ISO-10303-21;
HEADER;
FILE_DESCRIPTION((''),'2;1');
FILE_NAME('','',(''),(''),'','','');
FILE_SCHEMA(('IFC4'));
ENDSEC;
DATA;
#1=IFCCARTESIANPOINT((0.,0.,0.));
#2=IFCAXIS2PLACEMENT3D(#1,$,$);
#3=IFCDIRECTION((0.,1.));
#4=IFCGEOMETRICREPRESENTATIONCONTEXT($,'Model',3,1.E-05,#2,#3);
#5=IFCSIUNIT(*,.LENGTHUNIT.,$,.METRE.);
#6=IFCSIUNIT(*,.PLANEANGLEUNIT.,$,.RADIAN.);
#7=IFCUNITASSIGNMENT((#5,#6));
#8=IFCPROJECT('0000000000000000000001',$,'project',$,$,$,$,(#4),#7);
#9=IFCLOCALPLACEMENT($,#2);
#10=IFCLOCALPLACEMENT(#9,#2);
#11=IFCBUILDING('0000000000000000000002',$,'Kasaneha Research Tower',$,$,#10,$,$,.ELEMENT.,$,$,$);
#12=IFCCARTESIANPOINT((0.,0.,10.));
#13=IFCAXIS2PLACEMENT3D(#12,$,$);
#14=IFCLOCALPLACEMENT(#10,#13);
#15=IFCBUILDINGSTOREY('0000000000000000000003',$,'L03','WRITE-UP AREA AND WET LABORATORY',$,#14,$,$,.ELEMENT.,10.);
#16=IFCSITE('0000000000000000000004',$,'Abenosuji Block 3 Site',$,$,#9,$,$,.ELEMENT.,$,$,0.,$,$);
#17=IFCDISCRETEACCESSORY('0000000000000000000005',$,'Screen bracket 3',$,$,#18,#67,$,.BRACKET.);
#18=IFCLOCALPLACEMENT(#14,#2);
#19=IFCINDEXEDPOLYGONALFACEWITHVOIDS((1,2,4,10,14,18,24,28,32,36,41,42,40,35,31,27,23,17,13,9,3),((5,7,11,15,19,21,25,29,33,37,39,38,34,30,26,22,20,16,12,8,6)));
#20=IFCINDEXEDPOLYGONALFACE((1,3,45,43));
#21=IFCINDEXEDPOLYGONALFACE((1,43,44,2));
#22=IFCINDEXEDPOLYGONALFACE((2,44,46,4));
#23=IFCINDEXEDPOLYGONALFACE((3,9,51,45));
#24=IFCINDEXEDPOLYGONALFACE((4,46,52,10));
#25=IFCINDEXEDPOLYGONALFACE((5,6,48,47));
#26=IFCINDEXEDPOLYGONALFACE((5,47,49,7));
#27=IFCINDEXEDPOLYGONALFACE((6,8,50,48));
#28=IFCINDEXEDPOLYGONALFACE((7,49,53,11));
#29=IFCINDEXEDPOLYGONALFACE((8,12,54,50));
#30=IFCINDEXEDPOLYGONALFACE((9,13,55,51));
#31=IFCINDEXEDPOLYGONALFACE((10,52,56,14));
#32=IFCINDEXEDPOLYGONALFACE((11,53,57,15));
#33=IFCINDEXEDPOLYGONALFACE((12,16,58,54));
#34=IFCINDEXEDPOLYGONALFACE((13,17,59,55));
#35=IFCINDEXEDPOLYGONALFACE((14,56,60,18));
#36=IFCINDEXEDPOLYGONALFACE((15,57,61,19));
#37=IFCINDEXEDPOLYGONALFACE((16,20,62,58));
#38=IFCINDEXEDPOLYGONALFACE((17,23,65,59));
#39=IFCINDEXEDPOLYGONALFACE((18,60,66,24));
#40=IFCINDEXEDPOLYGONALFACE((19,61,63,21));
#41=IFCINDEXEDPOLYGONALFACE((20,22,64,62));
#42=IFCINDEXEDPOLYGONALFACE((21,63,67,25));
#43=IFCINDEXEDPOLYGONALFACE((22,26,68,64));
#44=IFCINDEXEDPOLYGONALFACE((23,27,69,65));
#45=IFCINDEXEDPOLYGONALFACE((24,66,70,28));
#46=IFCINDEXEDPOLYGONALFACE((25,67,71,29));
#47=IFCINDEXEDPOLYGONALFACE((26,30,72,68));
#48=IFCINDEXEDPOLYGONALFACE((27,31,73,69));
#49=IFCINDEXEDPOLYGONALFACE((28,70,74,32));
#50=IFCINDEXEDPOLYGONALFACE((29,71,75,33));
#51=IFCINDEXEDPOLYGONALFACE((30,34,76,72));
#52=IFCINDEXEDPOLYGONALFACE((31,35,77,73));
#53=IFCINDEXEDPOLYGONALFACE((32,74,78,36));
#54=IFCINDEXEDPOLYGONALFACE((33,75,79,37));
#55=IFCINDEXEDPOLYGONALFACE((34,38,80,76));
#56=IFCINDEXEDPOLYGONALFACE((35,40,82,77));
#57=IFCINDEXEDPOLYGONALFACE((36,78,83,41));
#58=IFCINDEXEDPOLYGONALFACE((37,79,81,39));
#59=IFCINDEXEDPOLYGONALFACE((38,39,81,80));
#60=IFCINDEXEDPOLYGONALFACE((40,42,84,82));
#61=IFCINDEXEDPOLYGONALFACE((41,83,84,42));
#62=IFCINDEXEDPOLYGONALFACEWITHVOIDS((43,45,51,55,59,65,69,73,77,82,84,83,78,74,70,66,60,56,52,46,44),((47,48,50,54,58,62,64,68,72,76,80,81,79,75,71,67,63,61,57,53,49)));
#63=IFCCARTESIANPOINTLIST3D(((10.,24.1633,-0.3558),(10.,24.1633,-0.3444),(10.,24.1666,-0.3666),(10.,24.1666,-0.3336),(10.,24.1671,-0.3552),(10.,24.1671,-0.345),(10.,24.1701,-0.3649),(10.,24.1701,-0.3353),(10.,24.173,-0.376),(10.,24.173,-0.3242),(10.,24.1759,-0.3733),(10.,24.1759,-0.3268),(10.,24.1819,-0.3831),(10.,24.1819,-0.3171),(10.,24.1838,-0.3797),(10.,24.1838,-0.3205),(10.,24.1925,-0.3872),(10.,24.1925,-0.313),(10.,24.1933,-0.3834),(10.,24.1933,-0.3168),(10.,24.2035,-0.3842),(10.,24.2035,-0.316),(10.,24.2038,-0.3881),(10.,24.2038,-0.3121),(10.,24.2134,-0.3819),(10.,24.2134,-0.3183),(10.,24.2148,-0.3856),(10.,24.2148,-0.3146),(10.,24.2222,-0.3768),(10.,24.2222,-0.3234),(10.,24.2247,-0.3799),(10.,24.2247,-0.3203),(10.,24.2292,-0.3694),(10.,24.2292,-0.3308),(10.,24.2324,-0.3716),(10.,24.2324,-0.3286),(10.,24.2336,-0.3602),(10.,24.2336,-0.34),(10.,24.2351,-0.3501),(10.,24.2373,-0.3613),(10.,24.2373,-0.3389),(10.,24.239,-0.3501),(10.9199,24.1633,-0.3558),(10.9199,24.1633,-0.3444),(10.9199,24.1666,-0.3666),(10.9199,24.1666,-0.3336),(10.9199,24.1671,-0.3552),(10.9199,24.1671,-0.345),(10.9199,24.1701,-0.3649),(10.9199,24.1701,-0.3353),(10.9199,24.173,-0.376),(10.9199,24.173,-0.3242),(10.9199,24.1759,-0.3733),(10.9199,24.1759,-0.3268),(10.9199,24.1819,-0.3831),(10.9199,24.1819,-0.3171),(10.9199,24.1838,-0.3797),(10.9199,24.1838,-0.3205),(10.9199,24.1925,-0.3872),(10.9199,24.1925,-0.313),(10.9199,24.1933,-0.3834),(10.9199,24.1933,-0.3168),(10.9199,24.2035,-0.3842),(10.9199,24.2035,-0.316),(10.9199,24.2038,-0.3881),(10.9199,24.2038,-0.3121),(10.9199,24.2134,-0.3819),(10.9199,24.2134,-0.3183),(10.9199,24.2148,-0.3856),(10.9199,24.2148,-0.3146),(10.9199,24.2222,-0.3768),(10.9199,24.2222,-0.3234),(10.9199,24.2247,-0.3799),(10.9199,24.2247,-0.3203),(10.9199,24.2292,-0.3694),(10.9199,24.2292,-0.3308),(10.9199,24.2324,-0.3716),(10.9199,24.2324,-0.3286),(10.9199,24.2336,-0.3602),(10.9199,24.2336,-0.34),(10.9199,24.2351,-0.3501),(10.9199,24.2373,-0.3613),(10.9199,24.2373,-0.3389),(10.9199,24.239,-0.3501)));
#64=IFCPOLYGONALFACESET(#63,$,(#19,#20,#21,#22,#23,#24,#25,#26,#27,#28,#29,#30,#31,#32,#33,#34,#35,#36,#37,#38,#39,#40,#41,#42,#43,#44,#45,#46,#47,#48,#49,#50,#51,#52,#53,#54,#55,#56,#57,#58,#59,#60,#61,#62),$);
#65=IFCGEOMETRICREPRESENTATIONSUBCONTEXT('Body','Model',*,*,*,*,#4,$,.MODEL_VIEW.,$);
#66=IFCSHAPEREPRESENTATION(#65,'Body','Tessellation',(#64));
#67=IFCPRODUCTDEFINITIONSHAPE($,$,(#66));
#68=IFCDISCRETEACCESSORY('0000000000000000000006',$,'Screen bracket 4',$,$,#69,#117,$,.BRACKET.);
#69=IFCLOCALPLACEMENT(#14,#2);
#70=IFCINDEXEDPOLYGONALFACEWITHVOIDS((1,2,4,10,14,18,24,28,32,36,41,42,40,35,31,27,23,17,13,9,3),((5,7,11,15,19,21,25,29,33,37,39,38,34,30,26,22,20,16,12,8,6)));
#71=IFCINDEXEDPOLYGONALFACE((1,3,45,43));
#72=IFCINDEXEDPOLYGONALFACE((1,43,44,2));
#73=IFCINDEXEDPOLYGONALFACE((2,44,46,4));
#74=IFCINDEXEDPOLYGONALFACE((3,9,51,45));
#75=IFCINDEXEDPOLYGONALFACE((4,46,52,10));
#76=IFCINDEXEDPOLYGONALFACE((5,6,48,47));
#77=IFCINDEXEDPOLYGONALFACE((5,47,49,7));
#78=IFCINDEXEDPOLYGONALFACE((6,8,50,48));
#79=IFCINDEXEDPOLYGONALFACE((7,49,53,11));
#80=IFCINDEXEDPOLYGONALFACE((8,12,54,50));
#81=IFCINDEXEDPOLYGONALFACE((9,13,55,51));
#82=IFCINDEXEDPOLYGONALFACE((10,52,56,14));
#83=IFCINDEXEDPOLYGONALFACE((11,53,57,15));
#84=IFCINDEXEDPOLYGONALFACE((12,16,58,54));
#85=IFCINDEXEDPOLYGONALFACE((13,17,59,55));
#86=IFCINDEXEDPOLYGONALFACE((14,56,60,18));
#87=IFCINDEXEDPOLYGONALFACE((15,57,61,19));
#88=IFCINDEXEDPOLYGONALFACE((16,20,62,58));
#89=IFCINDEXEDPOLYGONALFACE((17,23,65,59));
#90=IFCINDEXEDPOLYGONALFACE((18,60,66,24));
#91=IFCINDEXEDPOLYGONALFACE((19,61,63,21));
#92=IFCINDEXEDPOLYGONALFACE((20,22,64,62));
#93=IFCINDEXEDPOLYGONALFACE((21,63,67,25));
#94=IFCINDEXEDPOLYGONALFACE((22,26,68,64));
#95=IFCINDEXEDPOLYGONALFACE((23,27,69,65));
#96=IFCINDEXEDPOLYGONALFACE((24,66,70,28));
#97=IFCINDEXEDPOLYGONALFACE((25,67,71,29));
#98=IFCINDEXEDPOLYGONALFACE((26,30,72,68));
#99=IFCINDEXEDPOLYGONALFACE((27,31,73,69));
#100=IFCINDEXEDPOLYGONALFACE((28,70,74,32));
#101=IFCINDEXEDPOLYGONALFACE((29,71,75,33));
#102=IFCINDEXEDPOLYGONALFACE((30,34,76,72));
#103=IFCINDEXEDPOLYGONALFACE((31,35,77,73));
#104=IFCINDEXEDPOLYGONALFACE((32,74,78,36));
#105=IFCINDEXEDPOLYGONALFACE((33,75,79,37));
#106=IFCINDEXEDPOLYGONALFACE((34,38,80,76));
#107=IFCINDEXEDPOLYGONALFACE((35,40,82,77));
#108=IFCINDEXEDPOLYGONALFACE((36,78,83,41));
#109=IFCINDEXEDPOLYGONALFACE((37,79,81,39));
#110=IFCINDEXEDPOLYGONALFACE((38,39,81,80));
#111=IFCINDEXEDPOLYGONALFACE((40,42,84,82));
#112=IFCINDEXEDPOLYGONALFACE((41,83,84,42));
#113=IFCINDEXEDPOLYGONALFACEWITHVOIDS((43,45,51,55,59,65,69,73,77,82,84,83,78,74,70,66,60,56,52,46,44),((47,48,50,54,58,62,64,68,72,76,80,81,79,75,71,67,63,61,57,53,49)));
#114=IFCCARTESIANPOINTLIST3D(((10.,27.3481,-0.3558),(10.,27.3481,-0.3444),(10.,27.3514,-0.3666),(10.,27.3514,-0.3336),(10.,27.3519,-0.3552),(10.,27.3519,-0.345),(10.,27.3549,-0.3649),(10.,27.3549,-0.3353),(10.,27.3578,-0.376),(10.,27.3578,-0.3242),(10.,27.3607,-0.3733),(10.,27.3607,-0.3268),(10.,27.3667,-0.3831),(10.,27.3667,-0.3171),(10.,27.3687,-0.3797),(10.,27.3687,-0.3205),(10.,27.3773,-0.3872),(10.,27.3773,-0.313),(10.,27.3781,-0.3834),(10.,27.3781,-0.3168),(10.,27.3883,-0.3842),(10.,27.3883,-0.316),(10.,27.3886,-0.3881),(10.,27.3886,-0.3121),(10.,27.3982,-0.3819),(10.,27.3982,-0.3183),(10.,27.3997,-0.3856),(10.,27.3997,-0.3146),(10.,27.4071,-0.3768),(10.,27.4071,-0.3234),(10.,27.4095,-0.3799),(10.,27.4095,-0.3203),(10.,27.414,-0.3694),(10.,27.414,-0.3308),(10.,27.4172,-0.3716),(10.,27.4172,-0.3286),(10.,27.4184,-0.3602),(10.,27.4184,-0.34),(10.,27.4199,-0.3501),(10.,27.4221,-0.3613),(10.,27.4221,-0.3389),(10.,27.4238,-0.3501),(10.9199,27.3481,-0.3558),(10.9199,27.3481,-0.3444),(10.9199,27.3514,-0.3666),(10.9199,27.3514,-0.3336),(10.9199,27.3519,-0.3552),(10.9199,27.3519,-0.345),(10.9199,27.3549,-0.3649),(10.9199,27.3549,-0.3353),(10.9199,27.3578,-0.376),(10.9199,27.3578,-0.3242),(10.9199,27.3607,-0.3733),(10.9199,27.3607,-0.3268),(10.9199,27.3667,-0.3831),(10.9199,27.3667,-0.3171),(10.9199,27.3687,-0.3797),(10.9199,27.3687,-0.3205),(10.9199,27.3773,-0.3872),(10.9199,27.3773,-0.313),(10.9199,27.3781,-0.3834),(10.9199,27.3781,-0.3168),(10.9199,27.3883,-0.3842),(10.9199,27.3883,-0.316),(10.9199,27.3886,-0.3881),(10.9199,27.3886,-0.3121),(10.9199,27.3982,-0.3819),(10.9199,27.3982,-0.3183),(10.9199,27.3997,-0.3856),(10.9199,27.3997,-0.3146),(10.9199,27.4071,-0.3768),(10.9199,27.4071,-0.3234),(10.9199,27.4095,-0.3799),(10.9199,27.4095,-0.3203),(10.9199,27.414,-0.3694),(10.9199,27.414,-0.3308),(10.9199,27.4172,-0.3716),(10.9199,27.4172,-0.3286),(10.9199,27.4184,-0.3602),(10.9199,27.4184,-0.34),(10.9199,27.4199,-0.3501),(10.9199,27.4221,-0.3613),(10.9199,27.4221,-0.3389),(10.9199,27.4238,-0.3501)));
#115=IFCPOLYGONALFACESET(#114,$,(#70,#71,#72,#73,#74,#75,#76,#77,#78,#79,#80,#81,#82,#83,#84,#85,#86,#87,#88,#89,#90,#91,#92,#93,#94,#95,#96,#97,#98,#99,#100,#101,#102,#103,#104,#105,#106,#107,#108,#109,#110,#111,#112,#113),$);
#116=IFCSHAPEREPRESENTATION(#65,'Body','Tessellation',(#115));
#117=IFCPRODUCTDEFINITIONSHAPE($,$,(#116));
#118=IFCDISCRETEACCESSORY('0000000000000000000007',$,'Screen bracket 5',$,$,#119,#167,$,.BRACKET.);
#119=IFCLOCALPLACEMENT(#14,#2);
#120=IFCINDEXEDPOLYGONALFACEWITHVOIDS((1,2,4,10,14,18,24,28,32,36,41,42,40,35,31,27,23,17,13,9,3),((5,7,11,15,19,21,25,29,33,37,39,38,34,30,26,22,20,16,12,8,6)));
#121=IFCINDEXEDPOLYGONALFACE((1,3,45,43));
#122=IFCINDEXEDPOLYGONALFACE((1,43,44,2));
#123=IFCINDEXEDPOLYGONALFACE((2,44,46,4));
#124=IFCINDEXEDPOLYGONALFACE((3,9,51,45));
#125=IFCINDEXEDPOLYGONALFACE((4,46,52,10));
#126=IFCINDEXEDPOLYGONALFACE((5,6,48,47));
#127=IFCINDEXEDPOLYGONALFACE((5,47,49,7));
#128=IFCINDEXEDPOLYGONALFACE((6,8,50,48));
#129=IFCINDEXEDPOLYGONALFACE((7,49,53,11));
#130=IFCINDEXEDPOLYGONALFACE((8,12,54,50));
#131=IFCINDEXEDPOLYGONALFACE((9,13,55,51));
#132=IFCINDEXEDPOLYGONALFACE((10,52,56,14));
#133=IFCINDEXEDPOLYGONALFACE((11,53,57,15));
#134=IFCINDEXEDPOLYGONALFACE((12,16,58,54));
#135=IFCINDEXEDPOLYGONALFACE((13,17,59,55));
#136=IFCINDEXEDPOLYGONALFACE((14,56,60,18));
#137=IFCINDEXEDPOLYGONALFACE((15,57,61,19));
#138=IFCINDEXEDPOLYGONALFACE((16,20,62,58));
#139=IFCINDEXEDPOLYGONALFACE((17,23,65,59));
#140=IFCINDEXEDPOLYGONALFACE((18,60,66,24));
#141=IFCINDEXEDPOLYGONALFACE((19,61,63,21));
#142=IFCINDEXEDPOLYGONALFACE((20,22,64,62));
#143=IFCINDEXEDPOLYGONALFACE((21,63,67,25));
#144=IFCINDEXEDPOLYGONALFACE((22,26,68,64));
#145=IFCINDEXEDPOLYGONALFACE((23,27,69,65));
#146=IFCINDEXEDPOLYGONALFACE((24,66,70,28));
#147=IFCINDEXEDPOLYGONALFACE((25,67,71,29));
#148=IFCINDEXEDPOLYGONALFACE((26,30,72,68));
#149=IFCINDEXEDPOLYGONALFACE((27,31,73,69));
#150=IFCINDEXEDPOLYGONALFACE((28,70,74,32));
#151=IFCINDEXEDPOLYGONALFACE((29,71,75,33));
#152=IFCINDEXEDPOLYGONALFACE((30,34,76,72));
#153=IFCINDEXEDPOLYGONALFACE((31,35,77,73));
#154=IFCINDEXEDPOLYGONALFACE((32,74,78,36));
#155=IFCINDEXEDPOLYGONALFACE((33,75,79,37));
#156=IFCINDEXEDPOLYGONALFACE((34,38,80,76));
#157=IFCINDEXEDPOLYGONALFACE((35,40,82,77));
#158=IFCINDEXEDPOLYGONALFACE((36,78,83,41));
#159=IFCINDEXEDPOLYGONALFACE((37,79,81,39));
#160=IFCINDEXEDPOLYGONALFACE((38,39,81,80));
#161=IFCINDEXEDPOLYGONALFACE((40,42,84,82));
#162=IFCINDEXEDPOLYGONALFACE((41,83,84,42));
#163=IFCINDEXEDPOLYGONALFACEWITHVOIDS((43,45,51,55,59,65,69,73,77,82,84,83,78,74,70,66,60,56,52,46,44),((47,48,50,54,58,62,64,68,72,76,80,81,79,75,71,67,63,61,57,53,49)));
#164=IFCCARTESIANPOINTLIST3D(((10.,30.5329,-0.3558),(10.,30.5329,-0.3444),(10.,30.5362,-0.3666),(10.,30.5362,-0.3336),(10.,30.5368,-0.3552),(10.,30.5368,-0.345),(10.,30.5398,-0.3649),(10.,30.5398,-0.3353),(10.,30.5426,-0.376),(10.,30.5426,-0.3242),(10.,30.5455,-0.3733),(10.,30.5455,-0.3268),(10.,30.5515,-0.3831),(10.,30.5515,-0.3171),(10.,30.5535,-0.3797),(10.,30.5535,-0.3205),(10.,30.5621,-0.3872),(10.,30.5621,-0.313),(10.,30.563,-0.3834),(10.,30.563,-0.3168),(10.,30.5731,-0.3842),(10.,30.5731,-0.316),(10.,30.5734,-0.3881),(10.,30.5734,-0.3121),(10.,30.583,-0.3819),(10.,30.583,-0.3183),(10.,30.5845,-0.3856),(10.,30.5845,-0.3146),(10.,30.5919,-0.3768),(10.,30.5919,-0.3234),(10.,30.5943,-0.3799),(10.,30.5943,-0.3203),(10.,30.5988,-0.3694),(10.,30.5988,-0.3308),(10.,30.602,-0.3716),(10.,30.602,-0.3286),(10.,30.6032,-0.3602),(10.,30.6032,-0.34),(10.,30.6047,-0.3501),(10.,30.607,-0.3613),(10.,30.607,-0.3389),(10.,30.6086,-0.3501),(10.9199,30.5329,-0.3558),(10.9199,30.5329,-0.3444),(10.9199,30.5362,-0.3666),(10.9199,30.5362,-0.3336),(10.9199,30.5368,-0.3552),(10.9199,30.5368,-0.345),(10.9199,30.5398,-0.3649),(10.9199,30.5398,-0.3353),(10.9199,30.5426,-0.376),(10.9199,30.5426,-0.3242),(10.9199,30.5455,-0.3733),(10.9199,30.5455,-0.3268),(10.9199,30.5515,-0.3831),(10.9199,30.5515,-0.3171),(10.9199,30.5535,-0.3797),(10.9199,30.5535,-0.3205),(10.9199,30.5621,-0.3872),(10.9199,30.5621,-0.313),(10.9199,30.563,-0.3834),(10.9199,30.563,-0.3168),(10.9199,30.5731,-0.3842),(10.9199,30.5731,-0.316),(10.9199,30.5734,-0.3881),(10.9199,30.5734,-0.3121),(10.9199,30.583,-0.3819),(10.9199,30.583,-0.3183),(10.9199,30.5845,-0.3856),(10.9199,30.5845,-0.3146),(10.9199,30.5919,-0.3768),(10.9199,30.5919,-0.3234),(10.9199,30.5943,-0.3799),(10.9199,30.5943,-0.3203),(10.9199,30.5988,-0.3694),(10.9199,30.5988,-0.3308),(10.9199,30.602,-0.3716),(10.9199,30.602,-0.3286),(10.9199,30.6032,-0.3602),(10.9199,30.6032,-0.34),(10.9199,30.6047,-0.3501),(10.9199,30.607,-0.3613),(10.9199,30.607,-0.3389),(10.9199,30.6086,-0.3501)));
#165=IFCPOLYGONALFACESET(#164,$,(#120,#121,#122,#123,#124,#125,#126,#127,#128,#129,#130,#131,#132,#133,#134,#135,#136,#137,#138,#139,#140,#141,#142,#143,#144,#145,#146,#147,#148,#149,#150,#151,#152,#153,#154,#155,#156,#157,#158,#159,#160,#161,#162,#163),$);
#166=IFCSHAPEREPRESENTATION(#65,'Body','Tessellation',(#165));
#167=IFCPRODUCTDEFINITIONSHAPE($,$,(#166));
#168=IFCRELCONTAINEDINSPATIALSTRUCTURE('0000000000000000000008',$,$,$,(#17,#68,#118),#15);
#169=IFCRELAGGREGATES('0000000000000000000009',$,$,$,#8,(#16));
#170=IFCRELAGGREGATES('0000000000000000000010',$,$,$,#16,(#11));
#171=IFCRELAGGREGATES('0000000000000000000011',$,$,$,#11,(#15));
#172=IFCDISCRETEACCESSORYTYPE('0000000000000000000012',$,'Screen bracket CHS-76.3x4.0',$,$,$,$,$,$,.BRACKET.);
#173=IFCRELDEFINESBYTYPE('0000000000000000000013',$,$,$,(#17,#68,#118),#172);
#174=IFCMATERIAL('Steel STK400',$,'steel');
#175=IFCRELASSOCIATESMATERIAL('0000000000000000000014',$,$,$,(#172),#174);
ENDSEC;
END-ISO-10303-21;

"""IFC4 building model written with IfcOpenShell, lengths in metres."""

from ifc_helpers import new_model, si_unit, direction, frame, origin, origin_2d, place, context, subcontext, project, spatial, hollow_circle, extrude, material, material_profile, profile_set, type_object, element, save


model = new_model("IFC4")

# Units and contexts
model_context = context("Model", 3, precision=1e-05, world=origin(), true_north=direction((0.0, 1.0)))
body_context = subcontext(model_context, "Body", "Model", "MODEL_VIEW")
ifc_project = project(units=[si_unit("LENGTHUNIT", "METRE"), si_unit("PLANEANGLEUNIT", "RADIAN")], contexts=[model_context])

# Site, building, storey
site_placement = place(None, origin())
site = spatial("IfcSite", under=ifc_project, at=site_placement, Name="Abenosuji Block 3 Site", CompositionType="ELEMENT", RefElevation=0.0)
building_placement = place(site_placement, origin())
building = spatial("IfcBuilding", under=site, at=building_placement, Name="Kasaneha Research Tower", CompositionType="ELEMENT")
storey_placement = place(building_placement, frame((0.0, 0.0, 10.0)))
storey = spatial("IfcBuildingStorey", under=building, at=storey_placement, Name="L03", Description="WRITE-UP AREA AND WET LABORATORY", CompositionType="ELEMENT", Elevation=10.0)

# Discrete accessories
ifc_material_1 = material(Name="Steel STK400", Category="steel")
ifc_material_profile_1 = material_profile(ifc_material_1, hollow_circle(Radius=0.0381, WallThickness=0.0039, at=origin_2d()), Name="CHS-76.3x4.0")
ifc_profile_set_1 = profile_set([ifc_material_profile_1], Name="Steel STK400")
discrete_accessory_type = type_object("IfcDiscreteAccessoryType", Name="Screen bracket CHS-76.3x4.0", PredefinedType="BRACKET", material=ifc_profile_set_1)
for number, where, z_axis, x_axis, name in (
    (1, (10.0, 24.2009, -0.3501), (1.0, 0.0, 0.0), (0.0, 1.0, 0.0), "Screen bracket 3"),
    (2, (10.0, 27.3857, -0.3501), (1.0, 0.0, 0.0), (0.0, 1.0, 0.0), "Screen bracket 4"),
    (3, (10.0, 30.5706, -0.3501), (1.0, 0.0, 0.0), (0.0, 1.0, 0.0), "Screen bracket 5"),
):
    element("IfcDiscreteAccessory", number, at=place(storey_placement, frame(where, z_axis=z_axis, x_axis=x_axis)), inside=storey, type_object=discrete_accessory_type, Name=name, PredefinedType="BRACKET", context=body_context, shape_type="SweptSolid", body=[
        extrude(hollow_circle(Radius=0.0381, WallThickness=0.0039, at=origin_2d()), origin(), (0.0, 0.0, 1.0), 0.9199),
    ])

save(model, "model.ifc")
